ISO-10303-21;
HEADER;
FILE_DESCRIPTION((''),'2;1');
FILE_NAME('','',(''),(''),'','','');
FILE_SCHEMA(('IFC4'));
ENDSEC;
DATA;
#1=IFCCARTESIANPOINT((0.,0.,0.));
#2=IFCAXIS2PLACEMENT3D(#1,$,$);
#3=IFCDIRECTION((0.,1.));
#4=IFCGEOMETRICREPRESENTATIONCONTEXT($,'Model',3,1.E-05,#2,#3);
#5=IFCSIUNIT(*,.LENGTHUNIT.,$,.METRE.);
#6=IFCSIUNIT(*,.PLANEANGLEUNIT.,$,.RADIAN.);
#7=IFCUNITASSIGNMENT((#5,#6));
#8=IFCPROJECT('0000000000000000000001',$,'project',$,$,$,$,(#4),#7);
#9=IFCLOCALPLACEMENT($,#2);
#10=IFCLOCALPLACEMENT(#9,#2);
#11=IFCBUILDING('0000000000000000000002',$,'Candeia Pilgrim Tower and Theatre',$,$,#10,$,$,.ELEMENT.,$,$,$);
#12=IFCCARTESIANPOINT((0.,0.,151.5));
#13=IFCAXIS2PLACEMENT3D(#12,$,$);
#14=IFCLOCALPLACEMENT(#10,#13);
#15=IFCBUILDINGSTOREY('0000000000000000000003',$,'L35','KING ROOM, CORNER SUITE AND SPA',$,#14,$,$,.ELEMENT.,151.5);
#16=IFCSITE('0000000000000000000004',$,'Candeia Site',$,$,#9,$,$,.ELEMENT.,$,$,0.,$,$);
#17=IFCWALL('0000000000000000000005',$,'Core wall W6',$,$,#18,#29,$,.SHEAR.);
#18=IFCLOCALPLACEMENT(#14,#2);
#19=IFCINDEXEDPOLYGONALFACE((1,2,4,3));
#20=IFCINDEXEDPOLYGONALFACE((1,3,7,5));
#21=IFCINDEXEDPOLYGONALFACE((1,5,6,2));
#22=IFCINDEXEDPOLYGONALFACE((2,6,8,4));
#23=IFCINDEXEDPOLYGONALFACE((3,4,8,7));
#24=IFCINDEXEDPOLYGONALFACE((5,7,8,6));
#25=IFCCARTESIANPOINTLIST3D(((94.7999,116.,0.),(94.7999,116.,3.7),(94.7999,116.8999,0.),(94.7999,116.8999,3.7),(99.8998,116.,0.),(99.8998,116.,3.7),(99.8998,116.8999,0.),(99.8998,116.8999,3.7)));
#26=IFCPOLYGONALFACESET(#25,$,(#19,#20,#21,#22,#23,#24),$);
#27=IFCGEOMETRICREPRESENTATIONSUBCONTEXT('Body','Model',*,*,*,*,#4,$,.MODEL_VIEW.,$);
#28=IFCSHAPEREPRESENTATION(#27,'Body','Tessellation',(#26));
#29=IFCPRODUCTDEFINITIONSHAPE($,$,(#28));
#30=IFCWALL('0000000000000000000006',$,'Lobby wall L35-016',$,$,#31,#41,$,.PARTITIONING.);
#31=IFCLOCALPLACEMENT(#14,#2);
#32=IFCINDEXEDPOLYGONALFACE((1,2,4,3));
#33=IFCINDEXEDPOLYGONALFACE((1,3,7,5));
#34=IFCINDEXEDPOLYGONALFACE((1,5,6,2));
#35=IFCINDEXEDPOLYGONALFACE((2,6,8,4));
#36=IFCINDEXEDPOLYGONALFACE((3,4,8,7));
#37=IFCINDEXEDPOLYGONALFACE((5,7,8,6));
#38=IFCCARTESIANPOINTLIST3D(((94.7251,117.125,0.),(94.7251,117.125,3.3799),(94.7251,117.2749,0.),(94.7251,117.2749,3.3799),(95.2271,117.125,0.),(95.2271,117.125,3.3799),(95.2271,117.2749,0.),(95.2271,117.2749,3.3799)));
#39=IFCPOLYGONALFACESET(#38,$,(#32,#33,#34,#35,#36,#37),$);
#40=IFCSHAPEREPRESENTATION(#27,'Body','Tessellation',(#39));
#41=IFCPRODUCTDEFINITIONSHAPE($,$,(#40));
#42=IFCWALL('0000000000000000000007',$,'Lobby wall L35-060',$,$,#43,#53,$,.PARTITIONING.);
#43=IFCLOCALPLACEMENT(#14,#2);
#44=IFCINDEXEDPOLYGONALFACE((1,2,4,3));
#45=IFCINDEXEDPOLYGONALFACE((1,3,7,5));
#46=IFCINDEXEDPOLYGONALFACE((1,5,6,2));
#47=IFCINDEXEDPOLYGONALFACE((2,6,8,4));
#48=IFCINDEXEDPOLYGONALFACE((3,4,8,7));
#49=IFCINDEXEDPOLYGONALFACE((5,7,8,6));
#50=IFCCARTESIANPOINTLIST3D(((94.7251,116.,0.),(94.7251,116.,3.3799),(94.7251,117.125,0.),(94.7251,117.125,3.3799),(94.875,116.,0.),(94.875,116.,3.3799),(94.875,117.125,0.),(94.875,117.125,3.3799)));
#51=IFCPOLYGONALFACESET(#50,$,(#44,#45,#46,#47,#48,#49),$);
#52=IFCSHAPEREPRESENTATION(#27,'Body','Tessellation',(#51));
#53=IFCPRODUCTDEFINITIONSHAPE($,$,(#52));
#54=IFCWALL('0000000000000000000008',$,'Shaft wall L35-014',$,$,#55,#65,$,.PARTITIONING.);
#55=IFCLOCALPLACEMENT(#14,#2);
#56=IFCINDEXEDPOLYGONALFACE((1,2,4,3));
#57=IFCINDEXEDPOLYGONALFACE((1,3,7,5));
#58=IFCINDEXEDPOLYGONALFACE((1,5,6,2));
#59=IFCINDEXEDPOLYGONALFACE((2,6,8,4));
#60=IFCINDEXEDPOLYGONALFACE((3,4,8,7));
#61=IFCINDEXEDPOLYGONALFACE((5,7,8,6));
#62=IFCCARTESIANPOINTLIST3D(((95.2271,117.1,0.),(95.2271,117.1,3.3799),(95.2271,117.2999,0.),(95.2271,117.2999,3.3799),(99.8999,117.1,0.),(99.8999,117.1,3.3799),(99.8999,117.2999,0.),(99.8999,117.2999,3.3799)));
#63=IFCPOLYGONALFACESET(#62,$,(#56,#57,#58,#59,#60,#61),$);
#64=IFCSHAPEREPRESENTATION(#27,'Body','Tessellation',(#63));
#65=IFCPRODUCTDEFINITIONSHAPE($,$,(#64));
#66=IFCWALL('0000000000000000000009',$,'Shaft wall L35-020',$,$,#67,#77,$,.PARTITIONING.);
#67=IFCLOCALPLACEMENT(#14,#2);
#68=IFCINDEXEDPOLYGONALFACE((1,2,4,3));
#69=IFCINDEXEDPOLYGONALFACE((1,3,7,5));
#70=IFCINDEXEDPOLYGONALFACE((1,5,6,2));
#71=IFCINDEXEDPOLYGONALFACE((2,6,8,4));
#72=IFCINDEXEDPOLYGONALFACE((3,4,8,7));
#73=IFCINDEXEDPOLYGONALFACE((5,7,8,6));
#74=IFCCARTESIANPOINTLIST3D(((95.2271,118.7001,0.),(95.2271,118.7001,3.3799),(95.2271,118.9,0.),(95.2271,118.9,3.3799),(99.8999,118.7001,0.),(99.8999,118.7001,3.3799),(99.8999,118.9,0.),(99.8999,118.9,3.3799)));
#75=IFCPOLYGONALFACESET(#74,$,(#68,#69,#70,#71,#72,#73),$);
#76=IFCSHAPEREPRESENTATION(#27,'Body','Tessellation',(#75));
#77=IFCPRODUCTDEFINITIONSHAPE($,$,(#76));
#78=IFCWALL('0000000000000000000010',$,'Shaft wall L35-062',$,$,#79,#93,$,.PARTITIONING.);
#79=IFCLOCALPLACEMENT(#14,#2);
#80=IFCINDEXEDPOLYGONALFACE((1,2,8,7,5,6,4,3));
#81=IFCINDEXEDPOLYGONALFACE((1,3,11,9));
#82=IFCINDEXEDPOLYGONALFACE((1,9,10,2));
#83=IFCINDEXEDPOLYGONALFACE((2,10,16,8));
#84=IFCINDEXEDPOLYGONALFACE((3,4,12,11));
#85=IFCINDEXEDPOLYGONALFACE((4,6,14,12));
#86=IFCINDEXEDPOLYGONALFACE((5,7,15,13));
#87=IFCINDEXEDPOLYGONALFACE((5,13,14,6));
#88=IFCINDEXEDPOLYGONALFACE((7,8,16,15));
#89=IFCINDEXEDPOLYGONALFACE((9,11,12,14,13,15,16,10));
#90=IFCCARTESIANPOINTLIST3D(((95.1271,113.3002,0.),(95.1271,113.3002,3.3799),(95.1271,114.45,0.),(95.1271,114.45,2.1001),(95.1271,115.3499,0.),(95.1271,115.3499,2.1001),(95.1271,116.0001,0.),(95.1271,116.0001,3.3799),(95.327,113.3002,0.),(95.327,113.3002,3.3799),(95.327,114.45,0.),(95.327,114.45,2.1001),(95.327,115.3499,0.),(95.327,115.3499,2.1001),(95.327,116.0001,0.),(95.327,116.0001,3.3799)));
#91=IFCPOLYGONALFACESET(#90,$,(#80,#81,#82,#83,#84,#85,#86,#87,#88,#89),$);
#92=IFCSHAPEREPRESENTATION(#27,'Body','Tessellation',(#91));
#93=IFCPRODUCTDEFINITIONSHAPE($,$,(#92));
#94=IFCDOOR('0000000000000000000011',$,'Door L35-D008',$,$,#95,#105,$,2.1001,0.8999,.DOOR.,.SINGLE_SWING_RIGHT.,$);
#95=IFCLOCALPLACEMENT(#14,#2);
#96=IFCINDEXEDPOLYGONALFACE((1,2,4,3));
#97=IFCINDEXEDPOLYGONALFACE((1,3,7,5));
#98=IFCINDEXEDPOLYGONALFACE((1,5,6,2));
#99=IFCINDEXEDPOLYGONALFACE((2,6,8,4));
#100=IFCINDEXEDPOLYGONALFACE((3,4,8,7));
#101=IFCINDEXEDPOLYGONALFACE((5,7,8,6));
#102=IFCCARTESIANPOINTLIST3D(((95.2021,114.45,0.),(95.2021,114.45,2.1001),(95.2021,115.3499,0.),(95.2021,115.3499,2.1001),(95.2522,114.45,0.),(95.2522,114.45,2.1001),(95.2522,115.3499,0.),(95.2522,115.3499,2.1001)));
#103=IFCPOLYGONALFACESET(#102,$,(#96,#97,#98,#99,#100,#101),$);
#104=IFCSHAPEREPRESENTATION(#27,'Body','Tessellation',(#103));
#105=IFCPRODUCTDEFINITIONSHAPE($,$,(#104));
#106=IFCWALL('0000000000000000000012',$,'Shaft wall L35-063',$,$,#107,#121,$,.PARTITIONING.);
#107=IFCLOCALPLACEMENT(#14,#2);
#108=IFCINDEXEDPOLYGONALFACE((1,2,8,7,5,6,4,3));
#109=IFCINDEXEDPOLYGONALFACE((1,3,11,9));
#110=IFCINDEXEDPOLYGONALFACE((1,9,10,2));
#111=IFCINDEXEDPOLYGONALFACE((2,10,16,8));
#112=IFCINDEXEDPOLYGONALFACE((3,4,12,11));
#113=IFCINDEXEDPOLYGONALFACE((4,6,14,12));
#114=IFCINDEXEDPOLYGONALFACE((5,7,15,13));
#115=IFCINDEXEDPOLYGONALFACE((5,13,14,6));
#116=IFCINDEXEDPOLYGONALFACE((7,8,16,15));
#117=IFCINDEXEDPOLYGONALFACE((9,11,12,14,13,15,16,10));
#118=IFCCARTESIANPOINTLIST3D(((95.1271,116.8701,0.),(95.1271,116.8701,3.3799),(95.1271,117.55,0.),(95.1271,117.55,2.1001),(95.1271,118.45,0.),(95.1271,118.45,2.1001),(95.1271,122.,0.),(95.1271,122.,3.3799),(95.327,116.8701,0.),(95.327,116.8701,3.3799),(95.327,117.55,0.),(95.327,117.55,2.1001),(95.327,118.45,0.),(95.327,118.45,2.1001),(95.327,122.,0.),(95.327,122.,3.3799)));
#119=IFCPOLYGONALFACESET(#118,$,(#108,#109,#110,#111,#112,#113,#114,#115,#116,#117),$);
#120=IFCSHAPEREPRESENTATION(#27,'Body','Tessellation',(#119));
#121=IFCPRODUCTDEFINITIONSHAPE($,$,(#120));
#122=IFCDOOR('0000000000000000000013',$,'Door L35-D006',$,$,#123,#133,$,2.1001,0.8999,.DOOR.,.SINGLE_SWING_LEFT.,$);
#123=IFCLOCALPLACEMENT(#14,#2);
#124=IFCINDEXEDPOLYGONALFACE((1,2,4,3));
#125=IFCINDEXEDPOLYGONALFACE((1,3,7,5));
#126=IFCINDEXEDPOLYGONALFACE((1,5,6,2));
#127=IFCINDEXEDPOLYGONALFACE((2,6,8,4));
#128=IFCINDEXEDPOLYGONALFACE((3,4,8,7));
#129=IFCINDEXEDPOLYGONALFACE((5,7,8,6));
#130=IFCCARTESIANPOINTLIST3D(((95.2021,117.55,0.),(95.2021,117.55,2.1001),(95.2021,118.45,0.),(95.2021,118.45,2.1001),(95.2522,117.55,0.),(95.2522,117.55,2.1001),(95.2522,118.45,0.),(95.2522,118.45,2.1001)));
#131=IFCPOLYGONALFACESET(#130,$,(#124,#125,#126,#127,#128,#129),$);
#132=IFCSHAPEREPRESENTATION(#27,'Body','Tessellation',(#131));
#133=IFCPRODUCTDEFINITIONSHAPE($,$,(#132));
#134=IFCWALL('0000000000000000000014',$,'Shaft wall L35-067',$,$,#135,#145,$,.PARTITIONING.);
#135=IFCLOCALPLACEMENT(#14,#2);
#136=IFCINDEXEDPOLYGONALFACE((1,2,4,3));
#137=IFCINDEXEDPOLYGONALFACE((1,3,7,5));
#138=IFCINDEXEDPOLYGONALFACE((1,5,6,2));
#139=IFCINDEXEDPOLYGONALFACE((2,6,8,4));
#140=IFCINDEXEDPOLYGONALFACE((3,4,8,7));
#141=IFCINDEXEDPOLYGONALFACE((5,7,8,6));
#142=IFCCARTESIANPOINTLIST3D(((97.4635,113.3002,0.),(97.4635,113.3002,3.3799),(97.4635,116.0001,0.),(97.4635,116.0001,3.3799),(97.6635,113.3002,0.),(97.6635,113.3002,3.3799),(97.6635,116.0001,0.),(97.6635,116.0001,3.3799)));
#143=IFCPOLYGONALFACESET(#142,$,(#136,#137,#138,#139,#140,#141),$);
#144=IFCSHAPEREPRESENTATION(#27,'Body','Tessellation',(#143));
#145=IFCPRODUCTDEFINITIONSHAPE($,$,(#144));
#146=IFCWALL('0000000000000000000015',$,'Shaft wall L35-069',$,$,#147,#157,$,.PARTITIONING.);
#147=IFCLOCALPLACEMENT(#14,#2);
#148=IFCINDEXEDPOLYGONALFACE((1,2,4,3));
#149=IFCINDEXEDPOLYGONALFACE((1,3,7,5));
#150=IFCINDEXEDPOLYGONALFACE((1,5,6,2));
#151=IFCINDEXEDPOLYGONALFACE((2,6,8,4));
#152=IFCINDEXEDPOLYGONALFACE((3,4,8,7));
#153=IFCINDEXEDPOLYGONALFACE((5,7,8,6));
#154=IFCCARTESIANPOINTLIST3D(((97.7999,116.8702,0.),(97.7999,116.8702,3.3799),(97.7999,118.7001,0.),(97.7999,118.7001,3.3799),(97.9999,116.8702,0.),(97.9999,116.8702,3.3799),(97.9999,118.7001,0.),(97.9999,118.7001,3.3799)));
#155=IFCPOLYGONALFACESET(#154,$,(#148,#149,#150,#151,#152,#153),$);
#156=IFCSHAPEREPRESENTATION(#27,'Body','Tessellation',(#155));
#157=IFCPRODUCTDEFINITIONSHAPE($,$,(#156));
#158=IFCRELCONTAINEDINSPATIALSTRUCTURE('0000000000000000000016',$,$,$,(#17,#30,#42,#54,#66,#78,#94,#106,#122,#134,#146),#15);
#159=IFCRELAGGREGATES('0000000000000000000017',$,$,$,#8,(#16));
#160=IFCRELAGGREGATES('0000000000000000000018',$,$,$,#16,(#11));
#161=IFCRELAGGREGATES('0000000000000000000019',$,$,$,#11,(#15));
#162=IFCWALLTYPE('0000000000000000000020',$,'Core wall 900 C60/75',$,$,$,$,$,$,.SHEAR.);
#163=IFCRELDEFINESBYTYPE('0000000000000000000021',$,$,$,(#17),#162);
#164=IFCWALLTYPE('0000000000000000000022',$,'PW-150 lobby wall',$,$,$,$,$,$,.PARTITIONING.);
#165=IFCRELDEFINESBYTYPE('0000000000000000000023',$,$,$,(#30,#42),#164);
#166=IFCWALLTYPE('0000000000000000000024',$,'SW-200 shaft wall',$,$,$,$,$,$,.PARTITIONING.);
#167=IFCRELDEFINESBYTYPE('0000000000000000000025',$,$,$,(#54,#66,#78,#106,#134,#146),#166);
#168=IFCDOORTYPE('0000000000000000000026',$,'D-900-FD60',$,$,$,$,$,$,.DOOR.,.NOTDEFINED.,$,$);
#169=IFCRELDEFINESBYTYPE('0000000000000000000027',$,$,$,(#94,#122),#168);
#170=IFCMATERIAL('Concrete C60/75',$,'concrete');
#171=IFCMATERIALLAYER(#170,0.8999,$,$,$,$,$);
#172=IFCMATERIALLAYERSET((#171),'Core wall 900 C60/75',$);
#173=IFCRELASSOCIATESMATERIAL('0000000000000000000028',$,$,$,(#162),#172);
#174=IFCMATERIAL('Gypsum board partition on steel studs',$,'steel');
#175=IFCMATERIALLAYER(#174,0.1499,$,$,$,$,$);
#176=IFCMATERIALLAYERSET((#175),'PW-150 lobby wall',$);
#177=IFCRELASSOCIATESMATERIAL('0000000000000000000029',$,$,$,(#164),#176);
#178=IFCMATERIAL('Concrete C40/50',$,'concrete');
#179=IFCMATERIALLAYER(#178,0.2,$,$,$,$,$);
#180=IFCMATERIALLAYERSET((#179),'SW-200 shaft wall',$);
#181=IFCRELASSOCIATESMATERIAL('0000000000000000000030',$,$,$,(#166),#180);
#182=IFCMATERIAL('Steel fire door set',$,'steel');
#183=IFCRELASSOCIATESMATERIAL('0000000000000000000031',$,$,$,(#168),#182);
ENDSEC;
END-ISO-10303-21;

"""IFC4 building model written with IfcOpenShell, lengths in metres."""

from ifc_helpers import new_model, si_unit, direction, frame, frame_2d, origin, place, context, subcontext, project, spatial, rectangle, extrude, material, layer, layer_set, type_object, element, fill, save


model = new_model("IFC4")

# Units and contexts
model_context = context("Model", 3, precision=1e-05, world=origin(), true_north=direction((0.0, 1.0)))
body_context = subcontext(model_context, "Body", "Model", "MODEL_VIEW")
ifc_project = project(units=[si_unit("LENGTHUNIT", "METRE"), si_unit("PLANEANGLEUNIT", "RADIAN")], contexts=[model_context])

# Site, building, storey
site_placement = place(None, origin())
site = spatial("IfcSite", under=ifc_project, at=site_placement, Name="Candeia Site", CompositionType="ELEMENT", RefElevation=0.0)
building_placement = place(site_placement, origin())
building = spatial("IfcBuilding", under=site, at=building_placement, Name="Candeia Pilgrim Tower and Theatre", CompositionType="ELEMENT")
storey_placement = place(building_placement, frame((0.0, 0.0, 151.5)))
storey = spatial("IfcBuildingStorey", under=building, at=storey_placement, Name="L35", Description="KING ROOM, CORNER SUITE AND SPA", CompositionType="ELEMENT", Elevation=151.5)

# Walls
ifc_material_1 = material(Name="Concrete C60/75", Category="concrete")
ifc_layer_1 = layer(ifc_material_1, 0.8999)
ifc_layer_set_1 = layer_set([ifc_layer_1], Name="Core wall 900 C60/75")
wall_type_1 = type_object("IfcWallType", Name="Core wall 900 C60/75", PredefinedType="SHEAR", material=ifc_layer_set_1)
wall_1_placement = place(storey_placement, frame((94.8, 116.45, 0.0), z_axis=(0.0, 0.0, 1.0), x_axis=(1.0, 0.0, 0.0)))
element("IfcWall", 1, at=wall_1_placement, inside=storey, type_object=wall_type_1, Name="Core wall W6", PredefinedType="SHEAR", context=body_context, shape_type="SweptSolid", body=[
    extrude(rectangle(XDim=5.0999, YDim=0.8999, at=frame_2d((2.5498, 0.0))), origin(), (0.0, 0.0, 1.0), 3.7),
])
ifc_material_2 = material(Name="Gypsum board partition on steel studs", Category="steel")
ifc_layer_2 = layer(ifc_material_2, 0.1499)
ifc_layer_set_2 = layer_set([ifc_layer_2], Name="PW-150 lobby wall")
wall_type_2 = type_object("IfcWallType", Name="PW-150 lobby wall", PredefinedType="PARTITIONING", material=ifc_layer_set_2)
wall_2_placement = place(storey_placement, frame((94.7251, 117.2, 0.0), z_axis=(0.0, 0.0, 1.0), x_axis=(1.0, 0.0, 0.0)))
element("IfcWall", 2, at=wall_2_placement, inside=storey, type_object=wall_type_2, Name="Lobby wall L35-016", PredefinedType="PARTITIONING", context=body_context, shape_type="SweptSolid", body=[
    extrude(rectangle(XDim=0.502, YDim=0.1499, at=frame_2d((0.251, 0.0))), origin(), (0.0, 0.0, 1.0), 3.3799),
])
wall_3_placement = place(storey_placement, frame((94.8, 116.0, 0.0), z_axis=(0.0, 0.0, 1.0), x_axis=(0.0, 1.0, 0.0)))
element("IfcWall", 3, at=wall_3_placement, inside=storey, type_object=wall_type_2, Name="Lobby wall L35-060", PredefinedType="PARTITIONING", context=body_context, shape_type="SweptSolid", body=[
    extrude(rectangle(XDim=1.125, YDim=0.1499, at=frame_2d((0.5625, 0.0))), origin(), (0.0, 0.0, 1.0), 3.3799),
])
ifc_material_3 = material(Name="Concrete C40/50", Category="concrete")
ifc_layer_3 = layer(ifc_material_3, 0.2)
ifc_layer_set_3 = layer_set([ifc_layer_3], Name="SW-200 shaft wall")
wall_type_3 = type_object("IfcWallType", Name="SW-200 shaft wall", PredefinedType="PARTITIONING", material=ifc_layer_set_3)
for number, where, z_axis, x_axis, name in (
    (4, (95.2271, 117.2, 0.0), (0.0, 0.0, 1.0), (1.0, 0.0, 0.0), "Shaft wall L35-014"),
    (5, (95.2271, 118.8, 0.0), (0.0, 0.0, 1.0), (1.0, 0.0, 0.0), "Shaft wall L35-020"),
):
    element("IfcWall", number, at=place(storey_placement, frame(where, z_axis=z_axis, x_axis=x_axis)), inside=storey, type_object=wall_type_3, Name=name, PredefinedType="PARTITIONING", context=body_context, shape_type="SweptSolid", body=[
        extrude(rectangle(XDim=4.6729, YDim=0.2, at=frame_2d((2.3364, 0.0))), origin(), (0.0, 0.0, 1.0), 3.3799),
    ])

# Walls, openings, doors
wall_4_placement = place(storey_placement, frame((95.2271, 113.3, 0.0), z_axis=(0.0, 0.0, 1.0), x_axis=(0.0, 1.0, 0.0)))
wall_4 = element("IfcWall", 6, at=wall_4_placement, inside=storey, type_object=wall_type_3, Name="Shaft wall L35-062", PredefinedType="PARTITIONING", context=body_context, shape_type="SweptSolid", body=[
    extrude(rectangle(XDim=2.7, YDim=0.2, at=frame_2d((1.3501, 0.0))), origin(), (0.0, 0.0, 1.0), 3.3799),
])
opening_1_placement = place(wall_4_placement, frame((1.1499, 0.0, 0.0)))
opening_1 = element("IfcOpeningElement", 7, at=opening_1_placement, cuts=wall_4, PredefinedType="OPENING", context=body_context, shape_type="SweptSolid", body=[
    extrude(rectangle(XDim=0.8999, YDim=2.1001, at=frame_2d((0.45, 1.05))), frame((0.0, 0.1099, 0.0), z_axis=(0.0, -1.0, 0.0), x_axis=(1.0, 0.0, 0.0)), (0.0, 0.0, 1.0), 0.22),
])
ifc_material_4 = material(Name="Steel fire door set", Category="steel")
door_type_1 = type_object("IfcDoorType", Name="D-900-FD60", OperationType="NOTDEFINED", PredefinedType="DOOR", material=ifc_material_4)
door_1_placement = place(opening_1_placement, origin())
door_1 = element("IfcDoor", 8, at=door_1_placement, inside=storey, type_object=door_type_1, Name="Door L35-D008", OperationType="SINGLE_SWING_RIGHT", OverallHeight=2.1001, OverallWidth=0.8999, PredefinedType="DOOR", context=body_context, shape_type="SweptSolid", body=[
    extrude(rectangle(XDim=0.8999, YDim=2.1001, at=frame_2d((0.45, 1.05))), frame((0.0, 0.0249, 0.0), z_axis=(0.0, -1.0, 0.0), x_axis=(1.0, 0.0, 0.0)), (0.0, 0.0, 1.0), 0.05),
])
fill(opening_1, door_1)
wall_5_placement = place(storey_placement, frame((95.2271, 116.8701, 0.0), z_axis=(0.0, 0.0, 1.0), x_axis=(0.0, 1.0, 0.0)))
wall_5 = element("IfcWall", 9, at=wall_5_placement, inside=storey, type_object=wall_type_3, Name="Shaft wall L35-063", PredefinedType="PARTITIONING", context=body_context, shape_type="SweptSolid", body=[
    extrude(rectangle(XDim=5.1299, YDim=0.2, at=frame_2d((2.5649, 0.0))), origin(), (0.0, 0.0, 1.0), 3.3799),
])
opening_2_placement = place(wall_5_placement, frame((0.6799, 0.0, 0.0)))
opening_2 = element("IfcOpeningElement", 10, at=opening_2_placement, cuts=wall_5, PredefinedType="OPENING", context=body_context, shape_type="SweptSolid", body=[
    extrude(rectangle(XDim=0.8999, YDim=2.1001, at=frame_2d((0.45, 1.05))), frame((0.0, 0.1099, 0.0), z_axis=(0.0, -1.0, 0.0), x_axis=(1.0, 0.0, 0.0)), (0.0, 0.0, 1.0), 0.22),
])
door_2_placement = place(opening_2_placement, origin())
door_2 = element("IfcDoor", 11, at=door_2_placement, inside=storey, type_object=door_type_1, Name="Door L35-D006", OperationType="SINGLE_SWING_LEFT", OverallHeight=2.1001, OverallWidth=0.8999, PredefinedType="DOOR", context=body_context, shape_type="SweptSolid", body=[
    extrude(rectangle(XDim=0.8999, YDim=2.1001, at=frame_2d((0.45, 1.05))), frame((0.0, 0.0249, 0.0), z_axis=(0.0, -1.0, 0.0), x_axis=(1.0, 0.0, 0.0)), (0.0, 0.0, 1.0), 0.05),
])
fill(opening_2, door_2)

# Walls
wall_6_placement = place(storey_placement, frame((97.5635, 113.3, 0.0), z_axis=(0.0, 0.0, 1.0), x_axis=(0.0, 1.0, 0.0)))
element("IfcWall", 12, at=wall_6_placement, inside=storey, type_object=wall_type_3, Name="Shaft wall L35-067", PredefinedType="PARTITIONING", context=body_context, shape_type="SweptSolid", body=[
    extrude(rectangle(XDim=2.7, YDim=0.2, at=frame_2d((1.3501, 0.0))), origin(), (0.0, 0.0, 1.0), 3.3799),
])
wall_7_placement = place(storey_placement, frame((97.8999, 116.8701, 0.0), z_axis=(0.0, 0.0, 1.0), x_axis=(0.0, 1.0, 0.0)))
element("IfcWall", 13, at=wall_7_placement, inside=storey, type_object=wall_type_3, Name="Shaft wall L35-069", PredefinedType="PARTITIONING", context=body_context, shape_type="SweptSolid", body=[
    extrude(rectangle(XDim=1.8298, YDim=0.2, at=frame_2d((0.915, 0.0))), origin(), (0.0, 0.0, 1.0), 3.3799),
])

save(model, "model.ifc")
